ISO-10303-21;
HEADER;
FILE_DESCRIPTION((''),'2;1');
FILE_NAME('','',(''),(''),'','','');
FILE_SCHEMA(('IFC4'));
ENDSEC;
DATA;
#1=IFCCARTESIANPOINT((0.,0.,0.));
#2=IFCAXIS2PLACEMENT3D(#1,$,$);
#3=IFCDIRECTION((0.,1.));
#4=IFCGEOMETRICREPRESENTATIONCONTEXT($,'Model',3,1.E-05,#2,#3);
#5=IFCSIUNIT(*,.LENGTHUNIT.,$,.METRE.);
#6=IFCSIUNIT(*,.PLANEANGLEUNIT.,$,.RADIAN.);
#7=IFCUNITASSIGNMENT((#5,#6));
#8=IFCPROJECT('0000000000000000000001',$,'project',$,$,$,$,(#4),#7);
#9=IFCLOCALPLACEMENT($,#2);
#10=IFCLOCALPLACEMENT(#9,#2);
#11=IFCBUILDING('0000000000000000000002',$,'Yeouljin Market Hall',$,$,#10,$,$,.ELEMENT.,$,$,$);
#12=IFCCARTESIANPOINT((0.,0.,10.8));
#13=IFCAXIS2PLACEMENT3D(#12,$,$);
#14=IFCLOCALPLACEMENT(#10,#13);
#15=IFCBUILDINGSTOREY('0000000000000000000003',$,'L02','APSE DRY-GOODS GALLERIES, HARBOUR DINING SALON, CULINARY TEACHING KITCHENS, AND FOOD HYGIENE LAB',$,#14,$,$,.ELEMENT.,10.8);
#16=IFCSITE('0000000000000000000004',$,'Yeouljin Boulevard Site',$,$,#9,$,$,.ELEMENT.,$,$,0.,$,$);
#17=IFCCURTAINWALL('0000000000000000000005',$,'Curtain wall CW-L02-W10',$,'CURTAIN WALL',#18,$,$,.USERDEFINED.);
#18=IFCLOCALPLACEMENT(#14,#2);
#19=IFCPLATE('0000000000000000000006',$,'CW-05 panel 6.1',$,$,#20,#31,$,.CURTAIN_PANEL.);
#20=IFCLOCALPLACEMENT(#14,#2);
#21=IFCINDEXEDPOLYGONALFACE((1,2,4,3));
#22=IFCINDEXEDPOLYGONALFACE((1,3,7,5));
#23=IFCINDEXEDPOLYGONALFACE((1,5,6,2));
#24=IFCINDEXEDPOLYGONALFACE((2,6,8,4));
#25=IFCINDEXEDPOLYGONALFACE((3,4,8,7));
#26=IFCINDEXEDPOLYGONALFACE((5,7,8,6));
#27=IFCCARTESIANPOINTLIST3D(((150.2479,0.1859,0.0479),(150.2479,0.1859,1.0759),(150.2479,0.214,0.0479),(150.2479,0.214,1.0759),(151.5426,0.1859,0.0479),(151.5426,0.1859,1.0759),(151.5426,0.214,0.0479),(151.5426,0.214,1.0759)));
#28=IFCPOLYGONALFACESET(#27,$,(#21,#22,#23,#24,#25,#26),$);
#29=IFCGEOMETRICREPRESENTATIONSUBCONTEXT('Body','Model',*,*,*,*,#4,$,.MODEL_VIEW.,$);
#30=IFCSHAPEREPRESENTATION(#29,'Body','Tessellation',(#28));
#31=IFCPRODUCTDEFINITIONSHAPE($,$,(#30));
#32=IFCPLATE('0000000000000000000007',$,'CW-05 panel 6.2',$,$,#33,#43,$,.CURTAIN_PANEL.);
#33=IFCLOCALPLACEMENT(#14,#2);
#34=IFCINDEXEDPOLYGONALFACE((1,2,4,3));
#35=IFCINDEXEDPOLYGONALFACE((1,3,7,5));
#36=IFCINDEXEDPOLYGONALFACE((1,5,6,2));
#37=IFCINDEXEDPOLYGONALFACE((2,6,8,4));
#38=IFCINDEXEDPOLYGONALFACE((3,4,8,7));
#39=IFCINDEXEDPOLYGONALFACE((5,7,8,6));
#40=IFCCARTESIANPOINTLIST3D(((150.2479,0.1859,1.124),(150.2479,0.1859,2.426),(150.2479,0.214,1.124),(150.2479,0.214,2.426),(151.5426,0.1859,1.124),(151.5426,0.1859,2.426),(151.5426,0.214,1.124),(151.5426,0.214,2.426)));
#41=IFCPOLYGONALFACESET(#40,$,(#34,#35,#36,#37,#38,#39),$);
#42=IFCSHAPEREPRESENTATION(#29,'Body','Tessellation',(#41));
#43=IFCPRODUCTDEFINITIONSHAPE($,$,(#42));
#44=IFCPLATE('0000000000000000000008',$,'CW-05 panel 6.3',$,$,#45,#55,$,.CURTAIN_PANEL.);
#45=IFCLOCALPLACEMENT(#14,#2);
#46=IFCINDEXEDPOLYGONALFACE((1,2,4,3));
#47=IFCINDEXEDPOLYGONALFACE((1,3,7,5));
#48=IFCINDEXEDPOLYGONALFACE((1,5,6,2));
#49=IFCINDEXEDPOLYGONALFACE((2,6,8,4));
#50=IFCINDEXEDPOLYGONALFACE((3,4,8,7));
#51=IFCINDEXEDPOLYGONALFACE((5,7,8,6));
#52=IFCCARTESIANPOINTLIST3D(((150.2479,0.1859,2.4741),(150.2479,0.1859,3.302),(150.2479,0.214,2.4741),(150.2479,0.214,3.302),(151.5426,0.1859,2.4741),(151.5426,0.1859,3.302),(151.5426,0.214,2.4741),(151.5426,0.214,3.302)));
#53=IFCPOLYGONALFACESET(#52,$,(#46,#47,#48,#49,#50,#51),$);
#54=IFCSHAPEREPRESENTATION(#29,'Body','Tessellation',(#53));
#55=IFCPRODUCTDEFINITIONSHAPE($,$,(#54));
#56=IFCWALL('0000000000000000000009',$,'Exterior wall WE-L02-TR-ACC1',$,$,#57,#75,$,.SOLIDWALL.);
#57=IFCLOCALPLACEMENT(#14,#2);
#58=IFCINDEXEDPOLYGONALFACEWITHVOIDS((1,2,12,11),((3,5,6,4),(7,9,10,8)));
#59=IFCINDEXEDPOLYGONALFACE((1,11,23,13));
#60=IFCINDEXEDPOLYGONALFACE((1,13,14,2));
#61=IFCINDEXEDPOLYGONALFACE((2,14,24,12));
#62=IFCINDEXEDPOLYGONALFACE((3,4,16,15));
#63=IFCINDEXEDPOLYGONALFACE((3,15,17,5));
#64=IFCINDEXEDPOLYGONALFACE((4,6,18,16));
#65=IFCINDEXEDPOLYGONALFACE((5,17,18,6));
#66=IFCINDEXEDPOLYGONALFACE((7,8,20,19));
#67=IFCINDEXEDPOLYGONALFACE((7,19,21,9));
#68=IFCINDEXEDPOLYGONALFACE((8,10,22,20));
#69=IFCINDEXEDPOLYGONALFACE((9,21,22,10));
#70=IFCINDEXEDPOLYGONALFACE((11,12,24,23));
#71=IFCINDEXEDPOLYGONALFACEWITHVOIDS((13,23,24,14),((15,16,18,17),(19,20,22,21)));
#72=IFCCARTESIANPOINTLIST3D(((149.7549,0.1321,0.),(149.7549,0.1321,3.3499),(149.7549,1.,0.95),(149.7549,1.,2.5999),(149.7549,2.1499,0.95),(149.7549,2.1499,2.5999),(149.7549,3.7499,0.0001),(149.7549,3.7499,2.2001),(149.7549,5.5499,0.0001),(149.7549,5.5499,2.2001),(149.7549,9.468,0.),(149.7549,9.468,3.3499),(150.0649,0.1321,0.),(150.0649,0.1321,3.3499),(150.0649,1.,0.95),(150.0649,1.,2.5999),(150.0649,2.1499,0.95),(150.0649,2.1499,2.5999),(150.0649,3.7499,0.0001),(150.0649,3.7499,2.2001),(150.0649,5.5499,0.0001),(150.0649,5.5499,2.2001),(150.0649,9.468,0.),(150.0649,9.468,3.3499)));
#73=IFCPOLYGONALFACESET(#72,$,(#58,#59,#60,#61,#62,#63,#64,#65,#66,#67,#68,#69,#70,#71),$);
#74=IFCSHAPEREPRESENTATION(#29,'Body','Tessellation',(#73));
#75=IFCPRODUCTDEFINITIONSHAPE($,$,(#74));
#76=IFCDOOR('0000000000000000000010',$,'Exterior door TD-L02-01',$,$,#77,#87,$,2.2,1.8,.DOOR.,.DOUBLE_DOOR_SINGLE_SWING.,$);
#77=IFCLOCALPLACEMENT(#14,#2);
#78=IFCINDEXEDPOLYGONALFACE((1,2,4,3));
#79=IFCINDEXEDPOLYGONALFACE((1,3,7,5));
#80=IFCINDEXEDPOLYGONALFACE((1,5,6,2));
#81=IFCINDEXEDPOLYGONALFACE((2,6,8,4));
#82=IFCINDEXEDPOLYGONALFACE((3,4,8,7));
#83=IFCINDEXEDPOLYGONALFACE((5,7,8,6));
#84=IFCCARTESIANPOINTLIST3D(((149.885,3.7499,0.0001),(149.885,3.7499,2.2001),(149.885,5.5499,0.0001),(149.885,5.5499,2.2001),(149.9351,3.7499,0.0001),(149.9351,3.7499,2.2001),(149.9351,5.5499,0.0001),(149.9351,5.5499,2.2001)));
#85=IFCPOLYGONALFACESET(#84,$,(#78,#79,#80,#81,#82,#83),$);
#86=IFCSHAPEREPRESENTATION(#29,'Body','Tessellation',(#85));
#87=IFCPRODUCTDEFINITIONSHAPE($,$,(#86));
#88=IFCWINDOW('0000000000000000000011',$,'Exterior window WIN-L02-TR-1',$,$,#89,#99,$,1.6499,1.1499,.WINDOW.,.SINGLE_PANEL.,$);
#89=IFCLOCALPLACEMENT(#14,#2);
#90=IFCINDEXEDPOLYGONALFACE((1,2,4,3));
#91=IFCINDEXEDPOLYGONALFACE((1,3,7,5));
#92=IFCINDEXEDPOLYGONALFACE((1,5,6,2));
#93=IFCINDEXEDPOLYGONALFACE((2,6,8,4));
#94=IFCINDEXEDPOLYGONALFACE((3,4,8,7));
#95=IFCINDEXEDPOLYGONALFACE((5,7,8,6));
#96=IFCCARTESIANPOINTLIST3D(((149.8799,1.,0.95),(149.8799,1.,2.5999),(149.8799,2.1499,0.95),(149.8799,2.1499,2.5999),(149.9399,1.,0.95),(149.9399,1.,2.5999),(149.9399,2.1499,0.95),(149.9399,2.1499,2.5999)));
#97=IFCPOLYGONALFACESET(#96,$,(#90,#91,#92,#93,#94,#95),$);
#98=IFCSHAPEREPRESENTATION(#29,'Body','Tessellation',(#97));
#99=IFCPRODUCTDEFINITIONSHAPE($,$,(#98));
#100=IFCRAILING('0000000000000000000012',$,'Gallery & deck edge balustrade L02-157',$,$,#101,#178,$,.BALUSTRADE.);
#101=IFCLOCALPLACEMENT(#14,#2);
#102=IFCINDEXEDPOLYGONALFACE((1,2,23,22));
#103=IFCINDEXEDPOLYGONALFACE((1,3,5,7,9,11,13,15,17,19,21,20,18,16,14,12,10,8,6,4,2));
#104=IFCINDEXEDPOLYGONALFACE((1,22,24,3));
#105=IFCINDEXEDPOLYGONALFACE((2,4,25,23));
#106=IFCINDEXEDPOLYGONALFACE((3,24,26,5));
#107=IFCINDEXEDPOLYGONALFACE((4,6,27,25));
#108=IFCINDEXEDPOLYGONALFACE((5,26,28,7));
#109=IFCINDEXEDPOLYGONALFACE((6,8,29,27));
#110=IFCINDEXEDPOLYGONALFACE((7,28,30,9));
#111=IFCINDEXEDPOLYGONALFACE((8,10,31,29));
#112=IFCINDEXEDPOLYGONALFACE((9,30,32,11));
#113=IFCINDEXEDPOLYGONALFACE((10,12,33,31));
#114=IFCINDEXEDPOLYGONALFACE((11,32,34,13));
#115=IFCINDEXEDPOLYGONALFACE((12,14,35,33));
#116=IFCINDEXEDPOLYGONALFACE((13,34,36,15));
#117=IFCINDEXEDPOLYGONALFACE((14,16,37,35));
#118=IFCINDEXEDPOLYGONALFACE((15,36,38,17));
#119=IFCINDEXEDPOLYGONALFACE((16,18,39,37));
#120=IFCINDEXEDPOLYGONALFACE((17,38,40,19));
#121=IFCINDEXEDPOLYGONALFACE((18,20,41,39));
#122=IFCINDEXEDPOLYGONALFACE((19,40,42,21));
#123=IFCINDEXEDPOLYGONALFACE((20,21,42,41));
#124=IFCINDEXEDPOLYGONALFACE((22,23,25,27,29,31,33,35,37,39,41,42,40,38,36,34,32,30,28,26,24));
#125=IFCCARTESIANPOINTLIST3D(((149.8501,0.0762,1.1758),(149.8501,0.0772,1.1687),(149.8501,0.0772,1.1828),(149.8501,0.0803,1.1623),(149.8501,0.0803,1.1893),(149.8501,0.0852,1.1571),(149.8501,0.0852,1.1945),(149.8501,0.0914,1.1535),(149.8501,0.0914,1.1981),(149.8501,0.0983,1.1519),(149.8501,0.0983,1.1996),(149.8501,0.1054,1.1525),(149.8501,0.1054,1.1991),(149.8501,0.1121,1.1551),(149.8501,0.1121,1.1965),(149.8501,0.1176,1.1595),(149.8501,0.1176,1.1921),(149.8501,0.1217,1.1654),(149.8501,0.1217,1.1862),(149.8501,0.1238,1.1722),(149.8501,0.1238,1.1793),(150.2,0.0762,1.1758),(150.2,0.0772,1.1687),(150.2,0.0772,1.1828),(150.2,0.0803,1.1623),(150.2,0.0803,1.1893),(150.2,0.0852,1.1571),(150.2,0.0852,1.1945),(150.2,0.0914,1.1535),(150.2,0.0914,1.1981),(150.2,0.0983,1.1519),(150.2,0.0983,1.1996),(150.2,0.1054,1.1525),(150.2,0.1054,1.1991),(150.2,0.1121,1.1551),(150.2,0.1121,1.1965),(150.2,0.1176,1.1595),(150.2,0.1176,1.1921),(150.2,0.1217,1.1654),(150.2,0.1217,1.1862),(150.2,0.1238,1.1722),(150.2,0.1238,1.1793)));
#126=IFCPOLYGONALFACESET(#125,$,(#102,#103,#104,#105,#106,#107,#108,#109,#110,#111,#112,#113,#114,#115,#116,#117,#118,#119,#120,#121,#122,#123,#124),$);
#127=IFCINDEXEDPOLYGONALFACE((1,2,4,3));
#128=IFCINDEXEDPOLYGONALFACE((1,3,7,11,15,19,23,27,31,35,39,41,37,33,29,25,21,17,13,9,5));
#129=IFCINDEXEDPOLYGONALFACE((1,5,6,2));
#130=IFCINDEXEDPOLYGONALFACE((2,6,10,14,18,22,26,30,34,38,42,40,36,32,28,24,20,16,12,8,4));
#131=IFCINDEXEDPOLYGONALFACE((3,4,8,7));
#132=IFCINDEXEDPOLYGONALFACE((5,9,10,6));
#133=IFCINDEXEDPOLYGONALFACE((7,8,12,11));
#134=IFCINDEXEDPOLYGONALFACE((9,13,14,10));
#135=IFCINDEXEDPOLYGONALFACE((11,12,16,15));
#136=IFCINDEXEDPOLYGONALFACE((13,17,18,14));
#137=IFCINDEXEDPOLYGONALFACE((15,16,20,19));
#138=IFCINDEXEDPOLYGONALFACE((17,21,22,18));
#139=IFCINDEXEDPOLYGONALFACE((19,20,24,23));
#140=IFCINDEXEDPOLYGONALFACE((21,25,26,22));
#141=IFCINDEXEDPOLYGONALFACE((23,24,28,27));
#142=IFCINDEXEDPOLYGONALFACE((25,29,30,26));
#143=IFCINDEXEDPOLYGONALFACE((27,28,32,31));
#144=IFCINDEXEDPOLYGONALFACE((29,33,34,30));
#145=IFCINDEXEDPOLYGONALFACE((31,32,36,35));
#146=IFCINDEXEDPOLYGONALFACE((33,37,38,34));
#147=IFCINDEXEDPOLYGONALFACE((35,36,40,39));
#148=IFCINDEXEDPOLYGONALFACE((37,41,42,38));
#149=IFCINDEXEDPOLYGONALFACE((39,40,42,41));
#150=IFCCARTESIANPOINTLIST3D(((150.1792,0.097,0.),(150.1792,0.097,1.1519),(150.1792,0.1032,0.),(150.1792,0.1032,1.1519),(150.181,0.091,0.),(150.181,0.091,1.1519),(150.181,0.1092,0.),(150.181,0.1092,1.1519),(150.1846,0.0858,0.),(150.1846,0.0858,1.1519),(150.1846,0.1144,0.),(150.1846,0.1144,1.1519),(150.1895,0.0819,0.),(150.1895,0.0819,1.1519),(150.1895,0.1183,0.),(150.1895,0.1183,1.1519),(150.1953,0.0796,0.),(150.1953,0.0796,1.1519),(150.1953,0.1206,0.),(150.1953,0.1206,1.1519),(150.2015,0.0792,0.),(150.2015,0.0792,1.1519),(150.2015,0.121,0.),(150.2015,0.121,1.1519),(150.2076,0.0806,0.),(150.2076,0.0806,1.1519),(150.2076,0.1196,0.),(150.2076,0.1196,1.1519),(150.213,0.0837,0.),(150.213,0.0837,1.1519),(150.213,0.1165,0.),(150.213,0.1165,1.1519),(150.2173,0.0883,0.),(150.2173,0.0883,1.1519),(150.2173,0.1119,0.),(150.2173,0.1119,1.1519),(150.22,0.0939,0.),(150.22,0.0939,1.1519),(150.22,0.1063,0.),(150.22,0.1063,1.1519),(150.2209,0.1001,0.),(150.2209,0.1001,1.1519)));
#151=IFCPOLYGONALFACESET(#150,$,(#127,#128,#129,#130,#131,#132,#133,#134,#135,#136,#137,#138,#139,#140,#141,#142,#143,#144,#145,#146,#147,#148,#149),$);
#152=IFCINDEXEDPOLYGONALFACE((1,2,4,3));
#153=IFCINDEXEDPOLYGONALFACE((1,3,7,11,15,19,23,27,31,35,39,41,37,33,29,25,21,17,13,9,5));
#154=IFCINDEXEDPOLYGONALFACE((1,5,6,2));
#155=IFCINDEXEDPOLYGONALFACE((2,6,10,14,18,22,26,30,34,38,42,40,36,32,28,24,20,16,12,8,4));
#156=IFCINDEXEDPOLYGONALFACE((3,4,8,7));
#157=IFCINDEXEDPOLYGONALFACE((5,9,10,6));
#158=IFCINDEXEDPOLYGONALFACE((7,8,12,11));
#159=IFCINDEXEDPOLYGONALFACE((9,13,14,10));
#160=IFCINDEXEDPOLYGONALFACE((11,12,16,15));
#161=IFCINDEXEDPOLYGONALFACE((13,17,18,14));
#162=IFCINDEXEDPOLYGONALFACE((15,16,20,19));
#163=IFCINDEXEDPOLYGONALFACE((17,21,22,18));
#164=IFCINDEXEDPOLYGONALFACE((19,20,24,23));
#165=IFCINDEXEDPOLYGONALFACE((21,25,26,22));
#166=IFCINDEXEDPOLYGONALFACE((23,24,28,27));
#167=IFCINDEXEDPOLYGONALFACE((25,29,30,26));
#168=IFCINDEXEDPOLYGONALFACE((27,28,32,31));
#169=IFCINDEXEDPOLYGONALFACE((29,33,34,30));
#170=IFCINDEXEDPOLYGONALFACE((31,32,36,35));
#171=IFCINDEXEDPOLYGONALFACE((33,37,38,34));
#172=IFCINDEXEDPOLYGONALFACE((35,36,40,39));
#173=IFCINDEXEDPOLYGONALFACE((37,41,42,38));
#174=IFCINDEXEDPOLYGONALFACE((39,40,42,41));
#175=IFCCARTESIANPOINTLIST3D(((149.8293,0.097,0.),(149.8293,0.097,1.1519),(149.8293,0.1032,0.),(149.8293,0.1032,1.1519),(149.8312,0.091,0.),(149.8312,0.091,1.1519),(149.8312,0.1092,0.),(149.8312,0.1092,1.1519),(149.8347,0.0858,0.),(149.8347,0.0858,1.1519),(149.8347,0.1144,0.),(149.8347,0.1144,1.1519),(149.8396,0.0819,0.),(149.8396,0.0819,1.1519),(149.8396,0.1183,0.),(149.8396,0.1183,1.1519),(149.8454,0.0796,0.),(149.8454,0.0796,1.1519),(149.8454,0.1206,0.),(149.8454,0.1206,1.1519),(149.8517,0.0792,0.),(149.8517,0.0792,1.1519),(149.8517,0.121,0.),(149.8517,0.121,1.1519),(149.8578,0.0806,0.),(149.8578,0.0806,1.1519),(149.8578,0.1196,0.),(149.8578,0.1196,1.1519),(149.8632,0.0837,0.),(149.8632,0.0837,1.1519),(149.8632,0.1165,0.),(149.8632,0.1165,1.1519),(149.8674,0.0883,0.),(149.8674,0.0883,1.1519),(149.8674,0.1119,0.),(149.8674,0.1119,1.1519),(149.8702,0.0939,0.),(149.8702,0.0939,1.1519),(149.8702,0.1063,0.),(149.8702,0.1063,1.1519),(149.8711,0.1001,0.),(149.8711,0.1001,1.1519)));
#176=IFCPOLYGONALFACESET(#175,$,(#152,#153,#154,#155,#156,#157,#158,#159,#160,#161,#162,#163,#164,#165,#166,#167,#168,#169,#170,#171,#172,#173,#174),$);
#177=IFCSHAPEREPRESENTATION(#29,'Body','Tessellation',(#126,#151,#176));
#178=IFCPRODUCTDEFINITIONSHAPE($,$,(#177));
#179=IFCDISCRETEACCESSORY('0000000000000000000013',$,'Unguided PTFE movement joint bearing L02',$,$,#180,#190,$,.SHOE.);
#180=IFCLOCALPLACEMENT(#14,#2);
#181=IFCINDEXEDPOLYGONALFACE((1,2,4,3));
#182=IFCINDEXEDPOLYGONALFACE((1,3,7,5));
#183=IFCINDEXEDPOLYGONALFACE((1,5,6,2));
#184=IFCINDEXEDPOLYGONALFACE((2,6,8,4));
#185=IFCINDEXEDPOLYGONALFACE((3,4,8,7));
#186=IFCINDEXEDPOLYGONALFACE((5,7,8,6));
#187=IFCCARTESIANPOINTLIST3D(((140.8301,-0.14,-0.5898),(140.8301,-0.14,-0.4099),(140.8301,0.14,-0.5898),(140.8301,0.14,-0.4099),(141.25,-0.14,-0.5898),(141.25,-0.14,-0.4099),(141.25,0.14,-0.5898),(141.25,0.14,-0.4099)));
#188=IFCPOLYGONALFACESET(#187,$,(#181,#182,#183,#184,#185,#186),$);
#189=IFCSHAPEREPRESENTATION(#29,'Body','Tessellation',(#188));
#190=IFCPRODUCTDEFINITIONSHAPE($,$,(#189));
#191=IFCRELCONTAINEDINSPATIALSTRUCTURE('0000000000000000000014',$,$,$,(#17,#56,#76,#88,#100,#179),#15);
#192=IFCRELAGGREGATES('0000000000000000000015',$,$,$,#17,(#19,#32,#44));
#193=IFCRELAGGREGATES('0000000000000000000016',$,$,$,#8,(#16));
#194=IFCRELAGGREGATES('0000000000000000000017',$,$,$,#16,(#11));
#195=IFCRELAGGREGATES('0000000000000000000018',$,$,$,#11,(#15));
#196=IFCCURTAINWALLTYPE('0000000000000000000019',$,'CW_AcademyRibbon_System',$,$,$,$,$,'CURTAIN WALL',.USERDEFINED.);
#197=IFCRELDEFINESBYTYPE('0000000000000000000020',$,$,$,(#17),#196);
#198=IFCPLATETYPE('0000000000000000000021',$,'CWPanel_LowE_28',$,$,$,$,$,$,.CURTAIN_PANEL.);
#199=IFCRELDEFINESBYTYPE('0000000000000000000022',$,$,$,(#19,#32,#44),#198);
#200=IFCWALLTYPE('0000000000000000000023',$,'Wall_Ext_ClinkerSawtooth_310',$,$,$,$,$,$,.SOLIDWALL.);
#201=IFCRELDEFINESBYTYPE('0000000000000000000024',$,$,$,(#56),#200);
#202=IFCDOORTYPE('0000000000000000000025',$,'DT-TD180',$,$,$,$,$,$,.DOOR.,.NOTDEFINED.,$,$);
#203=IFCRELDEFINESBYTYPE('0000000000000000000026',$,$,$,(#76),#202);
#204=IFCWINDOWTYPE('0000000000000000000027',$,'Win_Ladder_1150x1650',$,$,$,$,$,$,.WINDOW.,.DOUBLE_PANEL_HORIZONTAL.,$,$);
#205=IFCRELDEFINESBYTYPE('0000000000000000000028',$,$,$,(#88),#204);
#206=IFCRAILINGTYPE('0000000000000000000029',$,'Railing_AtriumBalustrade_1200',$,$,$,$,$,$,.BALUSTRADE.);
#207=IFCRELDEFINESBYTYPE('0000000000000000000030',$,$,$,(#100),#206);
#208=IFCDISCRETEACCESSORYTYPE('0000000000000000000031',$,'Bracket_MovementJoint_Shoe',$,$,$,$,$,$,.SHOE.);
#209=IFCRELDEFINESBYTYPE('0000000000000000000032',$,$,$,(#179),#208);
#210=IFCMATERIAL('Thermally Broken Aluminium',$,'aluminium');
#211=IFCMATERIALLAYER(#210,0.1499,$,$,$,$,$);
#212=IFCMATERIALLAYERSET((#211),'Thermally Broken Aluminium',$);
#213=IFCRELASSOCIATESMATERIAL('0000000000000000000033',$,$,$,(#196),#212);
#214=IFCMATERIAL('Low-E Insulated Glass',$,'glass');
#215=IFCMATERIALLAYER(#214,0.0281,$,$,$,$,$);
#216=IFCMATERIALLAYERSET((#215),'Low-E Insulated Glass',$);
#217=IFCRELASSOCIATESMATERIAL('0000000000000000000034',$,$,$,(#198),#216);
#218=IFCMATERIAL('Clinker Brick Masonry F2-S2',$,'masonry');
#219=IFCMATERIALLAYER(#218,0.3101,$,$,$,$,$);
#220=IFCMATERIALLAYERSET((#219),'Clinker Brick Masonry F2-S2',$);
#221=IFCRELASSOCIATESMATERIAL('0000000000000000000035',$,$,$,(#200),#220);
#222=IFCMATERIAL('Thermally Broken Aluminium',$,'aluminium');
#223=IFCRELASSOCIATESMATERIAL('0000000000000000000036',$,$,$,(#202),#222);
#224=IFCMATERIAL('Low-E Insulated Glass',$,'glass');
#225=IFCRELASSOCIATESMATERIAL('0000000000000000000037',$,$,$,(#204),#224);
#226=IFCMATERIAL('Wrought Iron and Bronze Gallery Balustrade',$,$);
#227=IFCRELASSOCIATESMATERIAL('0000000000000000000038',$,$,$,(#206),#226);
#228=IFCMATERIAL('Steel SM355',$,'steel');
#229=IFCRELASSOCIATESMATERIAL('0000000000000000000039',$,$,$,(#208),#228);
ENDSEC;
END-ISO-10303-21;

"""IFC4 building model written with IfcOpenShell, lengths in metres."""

from ifc_helpers import new_model, si_unit, direction, frame, frame_2d, origin, origin_2d, place, context, subcontext, project, spatial, rectangle, circle, extrude, material, layer, layer_set, type_object, element, fill, aggregate, save


model = new_model("IFC4")

# Units and contexts
model_context = context("Model", 3, precision=1e-05, world=origin(), true_north=direction((0.0, 1.0)))
body_context = subcontext(model_context, "Body", "Model", "MODEL_VIEW")
ifc_project = project(units=[si_unit("LENGTHUNIT", "METRE"), si_unit("PLANEANGLEUNIT", "RADIAN")], contexts=[model_context])

# Site, building, storey
site_placement = place(None, origin())
site = spatial("IfcSite", under=ifc_project, at=site_placement, Name="Yeouljin Boulevard Site", CompositionType="ELEMENT", RefElevation=0.0)
building_placement = place(site_placement, origin())
building = spatial("IfcBuilding", under=site, at=building_placement, Name="Yeouljin Market Hall", CompositionType="ELEMENT")
storey_placement = place(building_placement, frame((0.0, 0.0, 10.8)))
storey = spatial("IfcBuildingStorey", under=building, at=storey_placement, Name="L02", Description="APSE DRY-GOODS GALLERIES, HARBOUR DINING SALON, CULINARY TEACHING KITCHENS, AND FOOD HYGIENE LAB", CompositionType="ELEMENT", Elevation=10.8)

# Curtain wall
ifc_material_1 = material(Name="Thermally Broken Aluminium", Category="aluminium")
ifc_layer_1 = layer(ifc_material_1, 0.1499)
ifc_layer_set_1 = layer_set([ifc_layer_1], Name="Thermally Broken Aluminium")
curtain_wall_type = type_object("IfcCurtainWallType", Name="CW_AcademyRibbon_System", ElementType="CURTAIN WALL", PredefinedType="USERDEFINED", material=ifc_layer_set_1)
curtain_wall_placement = place(storey_placement, origin())
curtain_wall = element("IfcCurtainWall", 1, at=curtain_wall_placement, inside=storey, type_object=curtain_wall_type, Name="Curtain wall CW-L02-W10", ObjectType="CURTAIN WALL", PredefinedType="USERDEFINED")

# Plates
ifc_material_2 = material(Name="Low-E Insulated Glass", Category="glass")
ifc_layer_2 = layer(ifc_material_2, 0.0281)
ifc_layer_set_2 = layer_set([ifc_layer_2], Name="Low-E Insulated Glass")
plate_type = type_object("IfcPlateType", Name="CWPanel_LowE_28", PredefinedType="CURTAIN_PANEL", material=ifc_layer_set_2)
plate_1_placement = place(storey_placement, frame((150.8953, 0.2, 0.0479), z_axis=(0.0, 0.0, 1.0), x_axis=(-1.0, 0.0, 0.0)))
plate_1 = element("IfcPlate", 2, at=plate_1_placement, type_object=plate_type, Name="CW-05 panel 6.1", PredefinedType="CURTAIN_PANEL", context=body_context, shape_type="SweptSolid", body=[
    extrude(rectangle(XDim=1.2947, YDim=0.0281, at=origin_2d()), origin(), (0.0, 0.0, 1.0), 1.0281),
])
plate_2_placement = place(storey_placement, frame((150.8953, 0.2, 1.124), z_axis=(0.0, 0.0, 1.0), x_axis=(-1.0, 0.0, 0.0)))
plate_2 = element("IfcPlate", 3, at=plate_2_placement, type_object=plate_type, Name="CW-05 panel 6.2", PredefinedType="CURTAIN_PANEL", context=body_context, shape_type="SweptSolid", body=[
    extrude(rectangle(XDim=1.2947, YDim=0.0281, at=origin_2d()), origin(), (0.0, 0.0, 1.0), 1.302),
])
plate_3_placement = place(storey_placement, frame((150.8953, 0.2, 2.4741), z_axis=(0.0, 0.0, 1.0), x_axis=(-1.0, 0.0, 0.0)))
plate_3 = element("IfcPlate", 4, at=plate_3_placement, type_object=plate_type, Name="CW-05 panel 6.3", PredefinedType="CURTAIN_PANEL", context=body_context, shape_type="SweptSolid", body=[
    extrude(rectangle(XDim=1.2947, YDim=0.0281, at=origin_2d()), origin(), (0.0, 0.0, 1.0), 0.8279),
])
aggregate(curtain_wall, [plate_1, plate_2, plate_3])

# Wall, openings, door, window
ifc_material_3 = material(Name="Clinker Brick Masonry F2-S2", Category="masonry")
ifc_layer_3 = layer(ifc_material_3, 0.3101)
ifc_layer_set_3 = layer_set([ifc_layer_3], Name="Clinker Brick Masonry F2-S2")
wall_type = type_object("IfcWallType", Name="Wall_Ext_ClinkerSawtooth_310", PredefinedType="SOLIDWALL", material=ifc_layer_set_3)
wall_placement = place(storey_placement, frame((149.9099, 0.1321, 0.0), z_axis=(0.0, 0.0, 1.0), x_axis=(0.0, 1.0, 0.0)))
wall = element("IfcWall", 5, at=wall_placement, inside=storey, type_object=wall_type, Name="Exterior wall WE-L02-TR-ACC1", PredefinedType="SOLIDWALL", context=body_context, shape_type="SweptSolid", body=[
    extrude(rectangle(XDim=9.3359, YDim=0.3101, at=frame_2d((4.668, 0.0))), origin(), (0.0, 0.0, 1.0), 3.3499),
])
opening_1_placement = place(wall_placement, frame((3.6179, 0.0, 0.0)))
opening_1 = element("IfcOpeningElement", 6, at=opening_1_placement, cuts=wall, PredefinedType="OPENING", context=body_context, shape_type="SweptSolid", body=[
    extrude(rectangle(XDim=1.8, YDim=2.2, at=frame_2d((0.8999, 1.1001))), frame((0.0, 0.165, 0.0), z_axis=(0.0, -1.0, 0.0), x_axis=(1.0, 0.0, 0.0)), (0.0, 0.0, 1.0), 0.3301),
])
opening_2_placement = place(wall_placement, frame((0.8679, 0.0, 0.95)))
opening_2 = element("IfcOpeningElement", 7, at=opening_2_placement, cuts=wall, PredefinedType="OPENING", context=body_context, shape_type="SweptSolid", body=[
    extrude(rectangle(XDim=1.1499, YDim=1.6499, at=frame_2d((0.575, 0.825))), frame((0.0, 0.165, 0.0), z_axis=(0.0, -1.0, 0.0), x_axis=(1.0, 0.0, 0.0)), (0.0, 0.0, 1.0), 0.3301),
])
ifc_material_4 = material(Name="Thermally Broken Aluminium", Category="aluminium")
door_type = type_object("IfcDoorType", Name="DT-TD180", OperationType="NOTDEFINED", PredefinedType="DOOR", material=ifc_material_4)
door_placement = place(opening_1_placement, origin())
door = element("IfcDoor", 8, at=door_placement, inside=storey, type_object=door_type, Name="Exterior door TD-L02-01", OperationType="DOUBLE_DOOR_SINGLE_SWING", OverallHeight=2.2, OverallWidth=1.8, PredefinedType="DOOR", context=body_context, shape_type="SweptSolid", body=[
    extrude(rectangle(XDim=1.8, YDim=2.2, at=frame_2d((0.8999, 1.1001))), frame((0.0, 0.0249, 0.0), z_axis=(0.0, -1.0, 0.0), x_axis=(1.0, 0.0, 0.0)), (0.0, 0.0, 1.0), 0.05),
])
fill(opening_1, door)
ifc_material_5 = material(Name="Low-E Insulated Glass", Category="glass")
window_type = type_object("IfcWindowType", Name="Win_Ladder_1150x1650", PartitioningType="DOUBLE_PANEL_HORIZONTAL", PredefinedType="WINDOW", material=ifc_material_5)
window_placement = place(opening_2_placement, origin())
window = element("IfcWindow", 9, at=window_placement, inside=storey, type_object=window_type, Name="Exterior window WIN-L02-TR-1", OverallHeight=1.6499, OverallWidth=1.1499, PartitioningType="SINGLE_PANEL", PredefinedType="WINDOW", context=body_context, shape_type="SweptSolid", body=[
    extrude(rectangle(XDim=1.1499, YDim=1.6499, at=frame_2d((0.575, 0.825))), frame((0.0, 0.03, 0.0), z_axis=(0.0, -1.0, 0.0), x_axis=(1.0, 0.0, 0.0)), (0.0, 0.0, 1.0), 0.0601),
])
fill(opening_2, window)

# Railing
ifc_material_6 = material(Name="Wrought Iron and Bronze Gallery Balustrade")
railing_type_1 = type_object("IfcRailingType", Name="Railing_AtriumBalustrade_1200", PredefinedType="BALUSTRADE", material=ifc_material_6)
railing_1_placement = place(storey_placement, frame((150.2, 0.1001, 0.0)))
element("IfcRailing", 10, at=railing_1_placement, inside=storey, type_object=railing_type_1, Name="Gallery & deck edge balustrade L02-157", PredefinedType="BALUSTRADE", context=body_context, shape_type="SweptSolid", body=[
    extrude(circle(Radius=0.0239, at=origin_2d()), frame((0.0, 0.0, 1.1758), z_axis=(-1.0, 0.0, 0.0), x_axis=(0.0, -1.0, 0.0)), (0.0, 0.0, 1.0), 0.3499),
    extrude(circle(Radius=0.021, at=origin_2d()), origin(), (0.0, 0.0, 1.0), 1.1519),
    extrude(circle(Radius=0.021, at=origin_2d()), frame((-0.3499, 0.0, 0.0)), (0.0, 0.0, 1.0), 1.1519),
])

# Discrete accessory
ifc_material_7 = material(Name="Steel SM355", Category="steel")
discrete_accessory_type = type_object("IfcDiscreteAccessoryType", Name="Bracket_MovementJoint_Shoe", PredefinedType="SHOE", material=ifc_material_7)
discrete_accessory_placement = place(storey_placement, frame((141.04, 0.0, -0.5898), z_axis=(0.0, 0.0, 1.0), x_axis=(1.0, 0.0, 0.0)))
element("IfcDiscreteAccessory", 11, at=discrete_accessory_placement, inside=storey, type_object=discrete_accessory_type, Name="Unguided PTFE movement joint bearing L02", PredefinedType="SHOE", context=body_context, shape_type="SweptSolid", body=[
    extrude(rectangle(XDim=0.4199, YDim=0.28, at=origin_2d()), origin(), (0.0, 0.0, 1.0), 0.1799),
])

save(model, "model.ifc")
